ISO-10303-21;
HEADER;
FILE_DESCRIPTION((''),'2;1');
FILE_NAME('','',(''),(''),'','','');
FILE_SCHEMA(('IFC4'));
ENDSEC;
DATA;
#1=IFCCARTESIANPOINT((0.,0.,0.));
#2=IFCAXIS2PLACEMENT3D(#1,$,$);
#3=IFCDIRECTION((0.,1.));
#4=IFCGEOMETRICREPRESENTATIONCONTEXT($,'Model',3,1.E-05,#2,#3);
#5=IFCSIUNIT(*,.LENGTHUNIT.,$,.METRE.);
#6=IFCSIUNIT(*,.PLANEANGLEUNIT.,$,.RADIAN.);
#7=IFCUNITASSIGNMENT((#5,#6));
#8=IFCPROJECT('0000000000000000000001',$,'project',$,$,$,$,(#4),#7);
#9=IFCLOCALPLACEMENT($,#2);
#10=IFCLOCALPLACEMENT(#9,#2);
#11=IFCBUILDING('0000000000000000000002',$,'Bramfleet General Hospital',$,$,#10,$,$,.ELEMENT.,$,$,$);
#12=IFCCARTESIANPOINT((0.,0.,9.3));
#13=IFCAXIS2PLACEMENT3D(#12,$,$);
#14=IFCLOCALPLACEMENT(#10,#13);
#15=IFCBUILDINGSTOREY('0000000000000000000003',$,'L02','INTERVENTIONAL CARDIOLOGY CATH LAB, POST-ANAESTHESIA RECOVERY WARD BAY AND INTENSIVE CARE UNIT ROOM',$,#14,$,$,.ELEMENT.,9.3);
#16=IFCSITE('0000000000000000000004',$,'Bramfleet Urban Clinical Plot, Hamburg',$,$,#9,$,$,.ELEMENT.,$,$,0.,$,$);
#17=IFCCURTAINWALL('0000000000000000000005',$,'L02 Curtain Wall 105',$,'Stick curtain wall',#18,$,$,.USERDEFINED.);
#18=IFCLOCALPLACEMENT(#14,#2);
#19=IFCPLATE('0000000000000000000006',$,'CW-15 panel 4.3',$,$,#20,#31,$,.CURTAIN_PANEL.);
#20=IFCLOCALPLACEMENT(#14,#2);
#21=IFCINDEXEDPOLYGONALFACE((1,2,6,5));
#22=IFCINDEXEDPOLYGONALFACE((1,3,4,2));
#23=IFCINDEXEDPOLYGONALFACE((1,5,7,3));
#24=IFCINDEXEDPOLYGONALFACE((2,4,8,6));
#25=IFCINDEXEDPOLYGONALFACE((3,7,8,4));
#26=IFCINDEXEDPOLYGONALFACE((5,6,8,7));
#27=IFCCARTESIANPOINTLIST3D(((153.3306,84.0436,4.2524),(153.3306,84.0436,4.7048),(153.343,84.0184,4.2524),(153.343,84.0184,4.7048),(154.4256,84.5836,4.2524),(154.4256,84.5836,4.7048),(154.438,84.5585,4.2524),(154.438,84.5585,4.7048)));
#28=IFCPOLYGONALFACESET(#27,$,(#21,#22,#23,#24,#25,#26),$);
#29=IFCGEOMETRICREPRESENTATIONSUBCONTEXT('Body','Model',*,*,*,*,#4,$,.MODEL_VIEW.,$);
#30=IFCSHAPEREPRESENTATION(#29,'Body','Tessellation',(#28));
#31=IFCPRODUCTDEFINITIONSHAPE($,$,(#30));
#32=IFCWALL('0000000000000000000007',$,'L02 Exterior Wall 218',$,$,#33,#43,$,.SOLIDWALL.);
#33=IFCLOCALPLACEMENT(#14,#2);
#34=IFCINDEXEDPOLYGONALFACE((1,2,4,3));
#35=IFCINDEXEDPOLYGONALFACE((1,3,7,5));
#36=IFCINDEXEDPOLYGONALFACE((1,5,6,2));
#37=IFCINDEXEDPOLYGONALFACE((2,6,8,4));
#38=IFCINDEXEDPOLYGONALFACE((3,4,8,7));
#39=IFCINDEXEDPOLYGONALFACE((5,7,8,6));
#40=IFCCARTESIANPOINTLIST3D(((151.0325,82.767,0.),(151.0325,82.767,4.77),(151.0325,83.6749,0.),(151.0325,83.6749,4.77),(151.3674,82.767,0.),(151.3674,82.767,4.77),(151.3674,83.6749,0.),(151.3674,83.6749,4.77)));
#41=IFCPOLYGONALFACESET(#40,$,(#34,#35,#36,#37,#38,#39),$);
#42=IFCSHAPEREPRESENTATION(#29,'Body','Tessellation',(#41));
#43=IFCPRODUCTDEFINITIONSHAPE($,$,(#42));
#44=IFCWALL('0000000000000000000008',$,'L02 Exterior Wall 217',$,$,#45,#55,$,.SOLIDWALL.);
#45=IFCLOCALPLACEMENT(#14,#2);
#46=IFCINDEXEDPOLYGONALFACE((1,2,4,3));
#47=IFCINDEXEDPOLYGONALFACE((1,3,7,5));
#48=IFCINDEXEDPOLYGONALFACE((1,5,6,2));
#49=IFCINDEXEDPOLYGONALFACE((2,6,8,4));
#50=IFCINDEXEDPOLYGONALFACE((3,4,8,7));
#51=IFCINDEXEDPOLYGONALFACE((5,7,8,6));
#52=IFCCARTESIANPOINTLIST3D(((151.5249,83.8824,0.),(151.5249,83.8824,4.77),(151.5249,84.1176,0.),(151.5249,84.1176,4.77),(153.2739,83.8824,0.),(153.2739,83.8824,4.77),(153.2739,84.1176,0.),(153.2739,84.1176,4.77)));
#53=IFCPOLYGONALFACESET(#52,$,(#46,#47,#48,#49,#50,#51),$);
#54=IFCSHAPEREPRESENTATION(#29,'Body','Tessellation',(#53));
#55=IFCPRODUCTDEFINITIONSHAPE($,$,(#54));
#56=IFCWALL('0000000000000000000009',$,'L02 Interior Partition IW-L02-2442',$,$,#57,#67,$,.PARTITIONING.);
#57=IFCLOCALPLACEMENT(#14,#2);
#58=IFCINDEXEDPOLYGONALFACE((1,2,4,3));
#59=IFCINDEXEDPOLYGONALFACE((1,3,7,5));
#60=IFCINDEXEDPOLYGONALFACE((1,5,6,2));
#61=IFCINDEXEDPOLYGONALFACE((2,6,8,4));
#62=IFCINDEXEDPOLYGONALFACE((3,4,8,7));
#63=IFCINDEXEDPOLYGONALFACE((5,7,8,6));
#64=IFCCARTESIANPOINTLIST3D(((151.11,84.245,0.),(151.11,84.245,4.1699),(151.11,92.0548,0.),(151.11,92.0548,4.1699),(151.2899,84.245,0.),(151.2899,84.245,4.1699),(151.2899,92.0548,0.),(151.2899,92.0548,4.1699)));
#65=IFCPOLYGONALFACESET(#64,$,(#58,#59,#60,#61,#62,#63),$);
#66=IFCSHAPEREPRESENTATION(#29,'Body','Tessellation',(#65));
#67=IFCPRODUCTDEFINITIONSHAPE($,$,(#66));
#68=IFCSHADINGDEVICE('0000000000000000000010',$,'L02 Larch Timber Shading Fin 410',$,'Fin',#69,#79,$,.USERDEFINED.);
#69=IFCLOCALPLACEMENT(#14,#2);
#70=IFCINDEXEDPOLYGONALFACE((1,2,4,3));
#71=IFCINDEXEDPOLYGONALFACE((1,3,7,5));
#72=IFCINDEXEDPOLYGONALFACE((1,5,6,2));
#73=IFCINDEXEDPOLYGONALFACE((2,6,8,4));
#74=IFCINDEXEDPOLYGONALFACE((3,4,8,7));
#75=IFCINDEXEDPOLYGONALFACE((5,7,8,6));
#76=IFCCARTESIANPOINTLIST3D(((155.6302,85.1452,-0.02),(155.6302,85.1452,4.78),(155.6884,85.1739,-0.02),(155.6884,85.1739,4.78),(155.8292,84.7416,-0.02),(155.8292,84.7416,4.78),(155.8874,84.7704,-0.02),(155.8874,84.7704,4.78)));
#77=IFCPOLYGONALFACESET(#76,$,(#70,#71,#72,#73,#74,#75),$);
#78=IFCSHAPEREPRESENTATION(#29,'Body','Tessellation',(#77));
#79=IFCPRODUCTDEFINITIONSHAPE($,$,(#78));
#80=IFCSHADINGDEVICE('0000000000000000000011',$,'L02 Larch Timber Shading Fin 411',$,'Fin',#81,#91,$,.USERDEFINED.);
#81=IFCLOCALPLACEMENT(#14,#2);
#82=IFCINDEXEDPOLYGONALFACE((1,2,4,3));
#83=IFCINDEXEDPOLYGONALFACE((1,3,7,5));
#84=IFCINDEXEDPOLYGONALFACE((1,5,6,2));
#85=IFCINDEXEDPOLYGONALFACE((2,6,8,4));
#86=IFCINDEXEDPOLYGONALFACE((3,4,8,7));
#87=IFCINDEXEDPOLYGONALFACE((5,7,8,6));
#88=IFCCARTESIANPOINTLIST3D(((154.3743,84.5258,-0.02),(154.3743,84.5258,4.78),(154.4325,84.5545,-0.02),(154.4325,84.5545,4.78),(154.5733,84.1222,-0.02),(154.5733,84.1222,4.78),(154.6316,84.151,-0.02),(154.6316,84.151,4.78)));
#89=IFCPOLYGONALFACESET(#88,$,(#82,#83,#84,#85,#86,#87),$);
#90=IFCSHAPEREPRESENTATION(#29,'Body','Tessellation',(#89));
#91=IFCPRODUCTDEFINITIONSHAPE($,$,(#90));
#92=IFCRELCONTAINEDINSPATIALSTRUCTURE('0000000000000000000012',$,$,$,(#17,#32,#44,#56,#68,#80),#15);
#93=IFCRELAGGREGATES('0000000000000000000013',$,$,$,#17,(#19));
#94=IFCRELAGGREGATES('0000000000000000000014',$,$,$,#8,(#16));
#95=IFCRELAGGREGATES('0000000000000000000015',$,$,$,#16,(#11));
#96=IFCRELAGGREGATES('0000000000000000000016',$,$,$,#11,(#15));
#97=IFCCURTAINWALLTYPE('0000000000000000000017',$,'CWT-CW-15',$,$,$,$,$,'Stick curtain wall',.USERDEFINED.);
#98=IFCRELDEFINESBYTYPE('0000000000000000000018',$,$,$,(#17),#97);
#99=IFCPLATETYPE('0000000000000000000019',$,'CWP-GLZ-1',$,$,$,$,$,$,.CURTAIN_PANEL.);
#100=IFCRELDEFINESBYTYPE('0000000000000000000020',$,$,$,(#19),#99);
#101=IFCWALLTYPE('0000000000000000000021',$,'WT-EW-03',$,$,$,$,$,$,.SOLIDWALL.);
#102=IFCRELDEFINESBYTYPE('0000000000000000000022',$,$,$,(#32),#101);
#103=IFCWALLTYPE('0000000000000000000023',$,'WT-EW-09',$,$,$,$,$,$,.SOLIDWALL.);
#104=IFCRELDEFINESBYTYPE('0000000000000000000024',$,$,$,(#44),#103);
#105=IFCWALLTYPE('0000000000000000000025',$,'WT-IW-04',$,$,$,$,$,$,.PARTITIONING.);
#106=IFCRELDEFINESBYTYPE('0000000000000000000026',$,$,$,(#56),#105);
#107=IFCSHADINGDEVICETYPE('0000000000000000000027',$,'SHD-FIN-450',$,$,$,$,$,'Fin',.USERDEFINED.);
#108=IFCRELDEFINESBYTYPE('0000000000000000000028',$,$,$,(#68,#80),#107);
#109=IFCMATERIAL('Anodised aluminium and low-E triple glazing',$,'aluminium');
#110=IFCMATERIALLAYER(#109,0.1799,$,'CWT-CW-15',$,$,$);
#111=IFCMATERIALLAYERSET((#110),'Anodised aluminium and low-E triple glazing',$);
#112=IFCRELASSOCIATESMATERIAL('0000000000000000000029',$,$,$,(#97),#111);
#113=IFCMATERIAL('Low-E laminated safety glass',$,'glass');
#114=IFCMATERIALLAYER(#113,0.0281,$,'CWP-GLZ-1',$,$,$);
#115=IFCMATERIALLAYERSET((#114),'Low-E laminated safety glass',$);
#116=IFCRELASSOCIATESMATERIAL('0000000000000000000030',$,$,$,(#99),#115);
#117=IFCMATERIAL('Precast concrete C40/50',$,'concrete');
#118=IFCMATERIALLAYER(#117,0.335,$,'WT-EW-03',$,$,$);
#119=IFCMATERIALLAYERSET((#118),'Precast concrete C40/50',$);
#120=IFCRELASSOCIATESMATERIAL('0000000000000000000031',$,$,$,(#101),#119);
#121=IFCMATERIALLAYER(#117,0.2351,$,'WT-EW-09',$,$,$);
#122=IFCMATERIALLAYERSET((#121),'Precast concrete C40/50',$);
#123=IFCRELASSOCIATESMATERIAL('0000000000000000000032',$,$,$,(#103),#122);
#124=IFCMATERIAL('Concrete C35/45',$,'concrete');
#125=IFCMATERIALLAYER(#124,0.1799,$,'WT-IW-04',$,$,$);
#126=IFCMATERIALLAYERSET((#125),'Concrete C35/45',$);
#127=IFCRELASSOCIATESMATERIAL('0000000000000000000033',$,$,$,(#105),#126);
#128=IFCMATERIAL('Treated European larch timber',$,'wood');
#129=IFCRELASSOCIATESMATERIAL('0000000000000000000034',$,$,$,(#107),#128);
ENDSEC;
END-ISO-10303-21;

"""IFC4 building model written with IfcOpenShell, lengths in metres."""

from ifc_helpers import new_model, si_unit, direction, frame, frame_2d, origin, origin_2d, place, context, subcontext, project, spatial, rectangle, extrude, material, layer, layer_set, material_profile, profile_set, type_object, element, aggregate, save


model = new_model("IFC4")

# Units and contexts
model_context = context("Model", 3, precision=1e-05, world=origin(), true_north=direction((0.0, 1.0)))
body_context = subcontext(model_context, "Body", "Model", "MODEL_VIEW")
ifc_project = project(units=[si_unit("LENGTHUNIT", "METRE"), si_unit("PLANEANGLEUNIT", "RADIAN")], contexts=[model_context])

# Site, building, storey
site_placement = place(None, origin())
site = spatial("IfcSite", under=ifc_project, at=site_placement, Name="Bramfleet Urban Clinical Plot, Hamburg", CompositionType="ELEMENT", RefElevation=0.0)
building_placement = place(site_placement, origin())
building = spatial("IfcBuilding", under=site, at=building_placement, Name="Bramfleet General Hospital", CompositionType="ELEMENT")
storey_placement = place(building_placement, frame((0.0, 0.0, 9.3)))
storey = spatial("IfcBuildingStorey", under=building, at=storey_placement, Name="L02", Description="INTERVENTIONAL CARDIOLOGY CATH LAB, POST-ANAESTHESIA RECOVERY WARD BAY AND INTENSIVE CARE UNIT ROOM", CompositionType="ELEMENT", Elevation=9.3)

# Shared definitions
ifc_material_1 = material(Name="Concrete C35/45", Category="concrete")

# Curtain wall
ifc_material_2 = material(Name="Anodised aluminium and low-E triple glazing", Category="aluminium")
ifc_layer_1 = layer(ifc_material_2, 0.1799, Name="CWT-CW-15")
ifc_layer_set_1 = layer_set([ifc_layer_1], Name="Anodised aluminium and low-E triple glazing")
curtain_wall_type_1 = type_object("IfcCurtainWallType", Name="CWT-CW-15", ElementType="Stick curtain wall", PredefinedType="USERDEFINED", material=ifc_layer_set_1)
curtain_wall_1_placement = place(storey_placement, origin())
curtain_wall_1 = element("IfcCurtainWall", 1, at=curtain_wall_1_placement, inside=storey, type_object=curtain_wall_type_1, Name="L02 Curtain Wall 105", ObjectType="Stick curtain wall", PredefinedType="USERDEFINED")

# Plate
ifc_material_3 = material(Name="Low-E laminated safety glass", Category="glass")
ifc_layer_2 = layer(ifc_material_3, 0.0281, Name="CWP-GLZ-1")
ifc_layer_set_2 = layer_set([ifc_layer_2], Name="Low-E laminated safety glass")
plate_type = type_object("IfcPlateType", Name="CWP-GLZ-1", PredefinedType="CURTAIN_PANEL", material=ifc_layer_set_2)
plate_1_placement = place(storey_placement, frame((153.8843, 84.301, 4.2524), z_axis=(0.0, 0.0, 1.0), x_axis=(-0.896865, -0.442305, 0.0)))
plate_1 = element("IfcPlate", 2, at=plate_1_placement, type_object=plate_type, Name="CW-15 panel 4.3", PredefinedType="CURTAIN_PANEL", context=body_context, shape_type="SweptSolid", body=[
    extrude(rectangle(XDim=1.2209, YDim=0.0281, at=origin_2d()), origin(), (0.0, 0.0, 1.0), 0.4524),
])
aggregate(curtain_wall_1, [plate_1])

# Walls
ifc_material_4 = material(Name="Precast concrete C40/50", Category="concrete")
ifc_layer_3 = layer(ifc_material_4, 0.335, Name="WT-EW-03")
ifc_layer_set_3 = layer_set([ifc_layer_3], Name="Precast concrete C40/50")
wall_type_1 = type_object("IfcWallType", Name="WT-EW-03", PredefinedType="SOLIDWALL", material=ifc_layer_set_3)
wall_1_placement = place(storey_placement, frame((151.2, 83.675, 0.0), z_axis=(0.0, 0.0, 1.0), x_axis=(0.0, -1.0, 0.0)))
element("IfcWall", 3, at=wall_1_placement, inside=storey, type_object=wall_type_1, Name="L02 Exterior Wall 218", PredefinedType="SOLIDWALL", context=body_context, shape_type="SweptSolid", body=[
    extrude(rectangle(XDim=0.908, YDim=0.335, at=frame_2d((0.4541, 0.0))), origin(), (0.0, 0.0, 1.0), 4.77),
])
ifc_layer_4 = layer(ifc_material_4, 0.2351, Name="WT-EW-09")
ifc_layer_set_4 = layer_set([ifc_layer_4], Name="Precast concrete C40/50")
wall_type_2 = type_object("IfcWallType", Name="WT-EW-09", PredefinedType="SOLIDWALL", material=ifc_layer_set_4)
wall_2_placement = place(storey_placement, frame((153.2739, 84.0, 0.0), z_axis=(0.0, 0.0, 1.0), x_axis=(-1.0, 0.0, 0.0)))
element("IfcWall", 4, at=wall_2_placement, inside=storey, type_object=wall_type_2, Name="L02 Exterior Wall 217", PredefinedType="SOLIDWALL", context=body_context, shape_type="SweptSolid", body=[
    extrude(rectangle(XDim=1.749, YDim=0.2351, at=frame_2d((0.8745, 0.0))), origin(), (0.0, 0.0, 1.0), 4.77),
])
ifc_layer_5 = layer(ifc_material_1, 0.1799, Name="WT-IW-04")
ifc_layer_set_5 = layer_set([ifc_layer_5], Name="Concrete C35/45")
wall_type_3 = type_object("IfcWallType", Name="WT-IW-04", PredefinedType="PARTITIONING", material=ifc_layer_set_5)
wall_3_placement = place(storey_placement, frame((151.2, 84.2451, 0.0), z_axis=(0.0, 0.0, 1.0), x_axis=(0.0, 1.0, 0.0)))
element("IfcWall", 5, at=wall_3_placement, inside=storey, type_object=wall_type_3, Name="L02 Interior Partition IW-L02-2442", PredefinedType="PARTITIONING", context=body_context, shape_type="SweptSolid", body=[
    extrude(rectangle(XDim=7.8098, YDim=0.1799, at=frame_2d((3.9048, 0.0))), origin(), (0.0, 0.0, 1.0), 4.1699),
])

# Shading devices
ifc_material_5 = material(Name="Treated European larch timber", Category="wood")
ifc_material_profile_1 = material_profile(ifc_material_5, rectangle(XDim=0.0649, YDim=0.45, at=origin_2d()), Name="LARCH FIN 450x65")
ifc_profile_set_1 = profile_set([ifc_material_profile_1], Name="Treated European larch timber")
shading_device_type = type_object("IfcShadingDeviceType", Name="SHD-FIN-450", ElementType="Fin", PredefinedType="USERDEFINED", material=ifc_profile_set_1)
for number, where, z_axis, x_axis, name in (
    (6, (155.7588, 84.9578, -0.02), (0.0, 0.0, 1.0), (-0.896865, -0.442305, 0.0), "L02 Larch Timber Shading Fin 410"),
    (7, (154.5029, 84.3384, -0.02), (0.0, 0.0, 1.0), (-0.896865, -0.442305, 0.0), "L02 Larch Timber Shading Fin 411"),
):
    element("IfcShadingDevice", number, at=place(storey_placement, frame(where, z_axis=z_axis, x_axis=x_axis)), inside=storey, type_object=shading_device_type, Name=name, ObjectType="Fin", PredefinedType="USERDEFINED", context=body_context, shape_type="SweptSolid", body=[
        extrude(rectangle(XDim=0.0649, YDim=0.45, at=origin_2d()), origin(), (0.0, 0.0, 1.0), 4.8),
    ])

save(model, "model.ifc")
